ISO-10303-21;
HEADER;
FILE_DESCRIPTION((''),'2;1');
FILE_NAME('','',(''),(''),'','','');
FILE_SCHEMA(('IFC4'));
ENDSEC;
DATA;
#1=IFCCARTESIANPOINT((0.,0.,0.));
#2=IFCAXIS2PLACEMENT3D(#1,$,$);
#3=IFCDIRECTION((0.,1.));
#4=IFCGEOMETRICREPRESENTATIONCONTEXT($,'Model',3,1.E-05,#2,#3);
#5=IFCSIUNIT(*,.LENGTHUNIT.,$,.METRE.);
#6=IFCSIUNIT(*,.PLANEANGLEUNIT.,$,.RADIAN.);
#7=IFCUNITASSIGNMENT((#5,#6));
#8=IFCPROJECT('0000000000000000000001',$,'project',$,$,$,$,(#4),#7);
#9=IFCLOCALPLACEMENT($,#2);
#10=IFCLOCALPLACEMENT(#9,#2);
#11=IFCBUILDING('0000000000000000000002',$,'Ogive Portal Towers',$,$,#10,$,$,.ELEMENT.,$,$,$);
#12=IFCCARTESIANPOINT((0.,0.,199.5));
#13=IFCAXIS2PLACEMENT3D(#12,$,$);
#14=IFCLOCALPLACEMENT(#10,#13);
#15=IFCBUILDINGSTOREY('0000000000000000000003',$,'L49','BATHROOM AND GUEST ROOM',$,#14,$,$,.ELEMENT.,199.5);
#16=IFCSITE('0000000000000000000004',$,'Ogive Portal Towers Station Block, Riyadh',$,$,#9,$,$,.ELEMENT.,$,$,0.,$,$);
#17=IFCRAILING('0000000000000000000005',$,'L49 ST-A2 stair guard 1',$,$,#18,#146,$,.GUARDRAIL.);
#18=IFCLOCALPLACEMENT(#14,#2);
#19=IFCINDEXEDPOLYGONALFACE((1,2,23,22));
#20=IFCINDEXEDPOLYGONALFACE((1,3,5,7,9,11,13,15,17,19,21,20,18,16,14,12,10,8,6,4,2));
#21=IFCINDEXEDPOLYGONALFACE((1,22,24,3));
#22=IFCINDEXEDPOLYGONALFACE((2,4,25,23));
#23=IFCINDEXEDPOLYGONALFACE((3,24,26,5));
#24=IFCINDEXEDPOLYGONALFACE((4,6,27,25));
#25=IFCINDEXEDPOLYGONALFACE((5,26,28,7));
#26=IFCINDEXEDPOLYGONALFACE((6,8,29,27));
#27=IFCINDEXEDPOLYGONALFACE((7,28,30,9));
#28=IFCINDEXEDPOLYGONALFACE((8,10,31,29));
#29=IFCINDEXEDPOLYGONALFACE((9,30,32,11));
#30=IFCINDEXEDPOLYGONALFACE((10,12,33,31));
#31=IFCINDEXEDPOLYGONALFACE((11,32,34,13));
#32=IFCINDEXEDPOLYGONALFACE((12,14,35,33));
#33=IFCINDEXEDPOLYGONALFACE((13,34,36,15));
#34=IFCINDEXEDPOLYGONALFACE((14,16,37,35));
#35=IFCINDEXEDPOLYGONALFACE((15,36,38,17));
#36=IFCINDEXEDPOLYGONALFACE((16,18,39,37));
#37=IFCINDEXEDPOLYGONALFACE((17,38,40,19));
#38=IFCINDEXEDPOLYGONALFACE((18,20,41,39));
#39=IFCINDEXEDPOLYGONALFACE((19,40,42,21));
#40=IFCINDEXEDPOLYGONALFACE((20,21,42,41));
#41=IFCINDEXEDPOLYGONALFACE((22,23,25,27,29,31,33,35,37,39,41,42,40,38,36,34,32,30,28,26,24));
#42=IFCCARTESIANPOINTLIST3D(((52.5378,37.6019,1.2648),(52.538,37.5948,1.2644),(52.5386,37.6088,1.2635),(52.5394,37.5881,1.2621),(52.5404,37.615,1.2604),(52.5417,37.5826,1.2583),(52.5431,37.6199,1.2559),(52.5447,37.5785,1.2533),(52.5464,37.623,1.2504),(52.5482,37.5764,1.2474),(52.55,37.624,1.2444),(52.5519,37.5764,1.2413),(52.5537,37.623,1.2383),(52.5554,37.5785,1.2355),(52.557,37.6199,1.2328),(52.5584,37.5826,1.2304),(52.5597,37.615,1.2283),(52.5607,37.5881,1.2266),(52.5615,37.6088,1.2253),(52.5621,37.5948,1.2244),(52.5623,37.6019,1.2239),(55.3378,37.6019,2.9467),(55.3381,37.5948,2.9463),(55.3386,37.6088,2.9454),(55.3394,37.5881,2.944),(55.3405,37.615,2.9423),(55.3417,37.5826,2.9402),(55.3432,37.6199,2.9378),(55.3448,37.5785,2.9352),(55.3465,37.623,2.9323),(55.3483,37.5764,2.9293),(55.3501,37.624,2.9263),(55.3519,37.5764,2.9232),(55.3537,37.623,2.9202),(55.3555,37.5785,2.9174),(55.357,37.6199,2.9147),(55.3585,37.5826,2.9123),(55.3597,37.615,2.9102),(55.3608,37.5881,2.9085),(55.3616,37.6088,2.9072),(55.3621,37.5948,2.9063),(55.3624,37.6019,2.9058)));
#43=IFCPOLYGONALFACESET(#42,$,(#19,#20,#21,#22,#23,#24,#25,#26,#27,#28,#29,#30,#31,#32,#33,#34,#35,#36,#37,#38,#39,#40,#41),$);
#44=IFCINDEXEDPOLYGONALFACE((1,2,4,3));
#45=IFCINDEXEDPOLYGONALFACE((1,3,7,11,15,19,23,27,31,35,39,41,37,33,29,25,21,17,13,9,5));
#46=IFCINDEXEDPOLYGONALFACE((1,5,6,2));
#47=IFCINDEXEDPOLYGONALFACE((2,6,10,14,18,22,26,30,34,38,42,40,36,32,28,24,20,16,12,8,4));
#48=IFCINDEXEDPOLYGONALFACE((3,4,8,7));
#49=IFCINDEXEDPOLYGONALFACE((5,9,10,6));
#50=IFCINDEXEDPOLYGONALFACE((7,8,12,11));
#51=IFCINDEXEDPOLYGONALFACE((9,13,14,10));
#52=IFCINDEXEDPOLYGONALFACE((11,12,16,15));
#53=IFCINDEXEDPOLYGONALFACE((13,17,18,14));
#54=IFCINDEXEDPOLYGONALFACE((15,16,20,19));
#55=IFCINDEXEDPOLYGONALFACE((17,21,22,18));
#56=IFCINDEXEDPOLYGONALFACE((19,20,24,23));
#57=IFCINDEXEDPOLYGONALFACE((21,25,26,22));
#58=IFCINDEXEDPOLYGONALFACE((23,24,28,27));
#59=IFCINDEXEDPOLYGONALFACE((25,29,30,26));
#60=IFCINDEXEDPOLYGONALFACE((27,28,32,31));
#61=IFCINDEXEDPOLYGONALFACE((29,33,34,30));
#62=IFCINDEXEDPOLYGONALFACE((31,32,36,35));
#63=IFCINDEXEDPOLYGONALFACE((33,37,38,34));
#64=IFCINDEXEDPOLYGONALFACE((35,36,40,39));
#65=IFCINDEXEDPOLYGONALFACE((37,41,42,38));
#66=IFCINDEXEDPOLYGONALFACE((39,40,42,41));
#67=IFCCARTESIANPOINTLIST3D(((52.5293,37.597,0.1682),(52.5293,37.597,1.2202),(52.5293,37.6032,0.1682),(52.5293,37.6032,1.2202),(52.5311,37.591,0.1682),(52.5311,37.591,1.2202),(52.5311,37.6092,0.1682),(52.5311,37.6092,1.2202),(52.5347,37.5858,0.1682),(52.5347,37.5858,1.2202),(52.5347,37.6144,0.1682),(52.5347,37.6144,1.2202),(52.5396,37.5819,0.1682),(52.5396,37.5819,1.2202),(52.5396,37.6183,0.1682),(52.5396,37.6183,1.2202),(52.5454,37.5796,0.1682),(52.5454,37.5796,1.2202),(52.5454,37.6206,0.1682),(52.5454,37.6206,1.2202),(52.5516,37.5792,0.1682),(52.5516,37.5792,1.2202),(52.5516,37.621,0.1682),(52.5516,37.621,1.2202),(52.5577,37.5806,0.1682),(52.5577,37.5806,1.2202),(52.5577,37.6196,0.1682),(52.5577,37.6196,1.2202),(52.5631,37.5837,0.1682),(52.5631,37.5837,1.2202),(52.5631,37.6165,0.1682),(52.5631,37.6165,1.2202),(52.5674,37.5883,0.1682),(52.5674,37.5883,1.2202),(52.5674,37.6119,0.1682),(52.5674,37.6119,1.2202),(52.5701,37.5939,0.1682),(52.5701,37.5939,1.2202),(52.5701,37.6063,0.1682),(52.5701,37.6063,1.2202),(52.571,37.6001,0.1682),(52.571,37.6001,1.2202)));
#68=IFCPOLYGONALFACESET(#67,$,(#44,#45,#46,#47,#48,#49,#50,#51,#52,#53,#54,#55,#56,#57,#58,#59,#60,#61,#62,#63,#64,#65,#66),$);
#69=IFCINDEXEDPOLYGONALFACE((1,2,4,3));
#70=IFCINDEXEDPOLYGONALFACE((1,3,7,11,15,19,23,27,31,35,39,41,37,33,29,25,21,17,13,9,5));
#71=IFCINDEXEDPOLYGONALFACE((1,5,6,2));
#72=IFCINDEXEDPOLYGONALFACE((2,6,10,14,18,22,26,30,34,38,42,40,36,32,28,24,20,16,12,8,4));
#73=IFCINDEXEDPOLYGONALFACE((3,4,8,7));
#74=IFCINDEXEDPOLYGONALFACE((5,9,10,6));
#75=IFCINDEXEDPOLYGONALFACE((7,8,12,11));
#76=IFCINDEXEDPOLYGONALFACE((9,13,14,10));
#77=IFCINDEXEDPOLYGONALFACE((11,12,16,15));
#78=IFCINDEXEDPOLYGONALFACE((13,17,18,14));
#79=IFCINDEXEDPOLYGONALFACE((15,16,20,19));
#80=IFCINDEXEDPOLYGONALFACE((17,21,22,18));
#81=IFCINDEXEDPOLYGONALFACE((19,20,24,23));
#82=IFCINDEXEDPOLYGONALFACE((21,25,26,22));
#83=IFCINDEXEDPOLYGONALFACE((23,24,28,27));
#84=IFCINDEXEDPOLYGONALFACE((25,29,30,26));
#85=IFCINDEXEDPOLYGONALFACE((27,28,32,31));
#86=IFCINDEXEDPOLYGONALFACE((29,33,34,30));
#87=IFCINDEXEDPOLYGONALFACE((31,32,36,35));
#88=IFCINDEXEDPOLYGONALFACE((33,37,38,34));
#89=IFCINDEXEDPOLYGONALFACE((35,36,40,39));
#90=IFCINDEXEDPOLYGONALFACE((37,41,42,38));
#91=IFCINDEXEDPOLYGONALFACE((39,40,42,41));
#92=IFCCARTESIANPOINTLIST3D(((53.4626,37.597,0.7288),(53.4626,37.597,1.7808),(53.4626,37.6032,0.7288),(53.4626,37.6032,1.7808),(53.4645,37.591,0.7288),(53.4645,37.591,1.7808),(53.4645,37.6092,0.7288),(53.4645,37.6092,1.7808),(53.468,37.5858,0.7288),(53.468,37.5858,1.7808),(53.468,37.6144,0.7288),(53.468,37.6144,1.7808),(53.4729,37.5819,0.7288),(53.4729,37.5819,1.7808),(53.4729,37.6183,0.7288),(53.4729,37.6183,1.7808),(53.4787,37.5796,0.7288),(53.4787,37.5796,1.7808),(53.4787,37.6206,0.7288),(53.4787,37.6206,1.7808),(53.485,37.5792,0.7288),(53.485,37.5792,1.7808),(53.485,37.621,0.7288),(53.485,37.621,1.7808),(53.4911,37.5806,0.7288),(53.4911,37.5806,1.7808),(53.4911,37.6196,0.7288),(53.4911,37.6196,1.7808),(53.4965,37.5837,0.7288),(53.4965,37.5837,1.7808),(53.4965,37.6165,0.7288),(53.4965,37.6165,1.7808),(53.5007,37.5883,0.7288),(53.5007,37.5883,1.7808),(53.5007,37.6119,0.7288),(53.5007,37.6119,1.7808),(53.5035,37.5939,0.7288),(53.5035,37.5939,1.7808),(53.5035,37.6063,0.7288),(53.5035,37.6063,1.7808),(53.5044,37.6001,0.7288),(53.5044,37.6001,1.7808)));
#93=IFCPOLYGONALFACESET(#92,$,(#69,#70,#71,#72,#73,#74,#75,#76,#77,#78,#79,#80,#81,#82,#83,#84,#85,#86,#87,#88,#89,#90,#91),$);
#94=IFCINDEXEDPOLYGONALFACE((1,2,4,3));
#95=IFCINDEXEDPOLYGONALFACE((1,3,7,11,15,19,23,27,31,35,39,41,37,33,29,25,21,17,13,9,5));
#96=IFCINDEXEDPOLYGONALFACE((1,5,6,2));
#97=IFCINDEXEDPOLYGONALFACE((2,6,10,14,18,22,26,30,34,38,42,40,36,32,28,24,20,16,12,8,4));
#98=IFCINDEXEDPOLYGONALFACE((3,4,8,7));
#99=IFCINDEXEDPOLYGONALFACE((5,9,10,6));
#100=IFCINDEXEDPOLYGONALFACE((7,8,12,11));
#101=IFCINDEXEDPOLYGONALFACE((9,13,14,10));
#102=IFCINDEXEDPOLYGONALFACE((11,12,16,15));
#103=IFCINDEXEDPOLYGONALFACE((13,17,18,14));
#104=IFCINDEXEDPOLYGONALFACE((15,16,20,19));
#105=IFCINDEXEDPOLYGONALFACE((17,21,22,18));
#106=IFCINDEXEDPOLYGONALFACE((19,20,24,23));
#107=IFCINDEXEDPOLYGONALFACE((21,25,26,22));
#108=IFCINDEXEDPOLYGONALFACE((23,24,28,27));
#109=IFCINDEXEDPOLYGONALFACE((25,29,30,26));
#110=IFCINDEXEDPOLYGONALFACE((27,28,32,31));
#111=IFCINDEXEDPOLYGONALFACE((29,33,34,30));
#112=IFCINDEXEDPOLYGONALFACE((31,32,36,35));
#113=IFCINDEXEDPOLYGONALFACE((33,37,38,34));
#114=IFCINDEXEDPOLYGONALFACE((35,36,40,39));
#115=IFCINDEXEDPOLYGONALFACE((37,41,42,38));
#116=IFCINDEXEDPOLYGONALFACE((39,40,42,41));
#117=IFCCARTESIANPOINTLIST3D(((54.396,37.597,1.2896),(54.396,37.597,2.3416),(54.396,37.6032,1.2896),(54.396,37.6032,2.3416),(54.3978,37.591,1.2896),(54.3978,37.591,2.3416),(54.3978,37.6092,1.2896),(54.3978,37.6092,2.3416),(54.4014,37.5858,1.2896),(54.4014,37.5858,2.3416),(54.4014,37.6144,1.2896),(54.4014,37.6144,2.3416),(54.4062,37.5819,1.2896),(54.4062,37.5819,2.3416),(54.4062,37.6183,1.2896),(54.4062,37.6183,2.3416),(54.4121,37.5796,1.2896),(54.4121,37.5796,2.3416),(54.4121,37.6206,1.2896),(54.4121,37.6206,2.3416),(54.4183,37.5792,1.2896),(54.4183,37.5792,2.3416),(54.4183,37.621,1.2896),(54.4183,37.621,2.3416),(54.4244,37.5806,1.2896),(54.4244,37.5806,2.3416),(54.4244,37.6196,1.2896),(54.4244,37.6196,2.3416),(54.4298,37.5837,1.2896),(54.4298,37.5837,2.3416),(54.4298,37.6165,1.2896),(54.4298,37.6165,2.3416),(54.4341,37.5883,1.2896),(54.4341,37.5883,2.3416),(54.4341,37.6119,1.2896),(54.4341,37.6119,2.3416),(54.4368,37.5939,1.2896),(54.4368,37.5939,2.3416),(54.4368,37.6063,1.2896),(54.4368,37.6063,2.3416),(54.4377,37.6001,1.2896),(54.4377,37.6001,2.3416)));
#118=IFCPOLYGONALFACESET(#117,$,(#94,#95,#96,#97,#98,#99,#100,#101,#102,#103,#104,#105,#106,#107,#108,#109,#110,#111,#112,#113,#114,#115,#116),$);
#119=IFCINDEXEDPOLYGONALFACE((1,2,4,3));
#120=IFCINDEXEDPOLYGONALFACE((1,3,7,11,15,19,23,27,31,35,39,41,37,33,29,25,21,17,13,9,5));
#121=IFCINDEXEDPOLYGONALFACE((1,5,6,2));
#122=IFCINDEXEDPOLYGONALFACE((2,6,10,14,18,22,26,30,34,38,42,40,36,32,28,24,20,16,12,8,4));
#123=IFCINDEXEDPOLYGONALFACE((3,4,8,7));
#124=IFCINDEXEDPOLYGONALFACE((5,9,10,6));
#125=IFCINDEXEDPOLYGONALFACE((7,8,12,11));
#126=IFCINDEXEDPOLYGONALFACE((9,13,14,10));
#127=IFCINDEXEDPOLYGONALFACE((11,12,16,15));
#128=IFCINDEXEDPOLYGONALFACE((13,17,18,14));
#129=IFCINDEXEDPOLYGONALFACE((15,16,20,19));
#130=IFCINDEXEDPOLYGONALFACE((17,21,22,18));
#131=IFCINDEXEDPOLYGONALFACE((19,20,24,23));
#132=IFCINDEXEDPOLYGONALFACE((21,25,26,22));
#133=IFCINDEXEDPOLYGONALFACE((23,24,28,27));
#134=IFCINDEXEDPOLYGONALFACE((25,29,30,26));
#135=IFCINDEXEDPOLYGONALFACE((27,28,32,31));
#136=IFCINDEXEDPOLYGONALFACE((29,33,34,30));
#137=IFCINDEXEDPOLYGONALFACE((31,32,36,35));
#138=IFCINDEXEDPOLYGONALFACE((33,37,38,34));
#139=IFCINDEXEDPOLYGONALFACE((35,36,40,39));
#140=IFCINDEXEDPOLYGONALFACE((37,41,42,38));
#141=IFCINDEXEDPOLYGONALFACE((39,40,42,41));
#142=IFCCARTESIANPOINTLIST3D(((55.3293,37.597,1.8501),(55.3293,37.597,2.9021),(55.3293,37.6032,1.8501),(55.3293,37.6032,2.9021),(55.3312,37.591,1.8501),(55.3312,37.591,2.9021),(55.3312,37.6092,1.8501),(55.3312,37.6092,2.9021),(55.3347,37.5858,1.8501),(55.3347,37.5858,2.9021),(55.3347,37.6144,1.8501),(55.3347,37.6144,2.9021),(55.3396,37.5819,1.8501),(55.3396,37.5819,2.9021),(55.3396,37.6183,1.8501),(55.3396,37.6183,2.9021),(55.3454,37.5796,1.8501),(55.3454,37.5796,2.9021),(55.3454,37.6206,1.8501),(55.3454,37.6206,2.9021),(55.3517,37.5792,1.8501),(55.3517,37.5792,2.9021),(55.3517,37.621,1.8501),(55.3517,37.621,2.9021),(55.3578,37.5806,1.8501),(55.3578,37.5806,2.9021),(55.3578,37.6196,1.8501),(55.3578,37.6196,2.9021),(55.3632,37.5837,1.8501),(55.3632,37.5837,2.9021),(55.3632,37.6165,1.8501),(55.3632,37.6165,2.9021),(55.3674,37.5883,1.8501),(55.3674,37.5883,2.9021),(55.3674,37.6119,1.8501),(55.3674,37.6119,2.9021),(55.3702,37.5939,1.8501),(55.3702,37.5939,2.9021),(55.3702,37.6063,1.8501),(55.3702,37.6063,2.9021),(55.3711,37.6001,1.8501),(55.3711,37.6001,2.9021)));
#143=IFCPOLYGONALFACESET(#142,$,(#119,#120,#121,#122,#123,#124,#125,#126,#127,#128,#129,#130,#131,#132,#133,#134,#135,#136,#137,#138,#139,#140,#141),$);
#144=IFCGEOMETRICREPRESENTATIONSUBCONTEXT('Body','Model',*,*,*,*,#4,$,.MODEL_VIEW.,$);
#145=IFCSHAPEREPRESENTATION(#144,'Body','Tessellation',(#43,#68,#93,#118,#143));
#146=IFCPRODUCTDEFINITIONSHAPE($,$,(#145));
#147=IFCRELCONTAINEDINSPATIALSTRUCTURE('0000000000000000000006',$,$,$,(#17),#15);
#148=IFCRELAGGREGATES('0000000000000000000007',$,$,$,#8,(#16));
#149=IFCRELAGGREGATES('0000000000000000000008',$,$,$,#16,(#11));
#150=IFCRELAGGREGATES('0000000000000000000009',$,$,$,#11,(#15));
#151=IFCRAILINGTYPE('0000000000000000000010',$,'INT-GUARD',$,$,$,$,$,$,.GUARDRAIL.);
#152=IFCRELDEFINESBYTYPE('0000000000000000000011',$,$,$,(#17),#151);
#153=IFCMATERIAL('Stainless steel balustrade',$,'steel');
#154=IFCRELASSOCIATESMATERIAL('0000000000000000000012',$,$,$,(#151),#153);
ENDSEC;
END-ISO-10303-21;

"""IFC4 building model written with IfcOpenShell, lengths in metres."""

from ifc_helpers import new_model, si_unit, direction, frame, origin, origin_2d, place, context, subcontext, project, spatial, circle, extrude, material, type_object, element, save


model = new_model("IFC4")

# Units and contexts
model_context = context("Model", 3, precision=1e-05, world=origin(), true_north=direction((0.0, 1.0)))
body_context = subcontext(model_context, "Body", "Model", "MODEL_VIEW")
ifc_project = project(units=[si_unit("LENGTHUNIT", "METRE"), si_unit("PLANEANGLEUNIT", "RADIAN")], contexts=[model_context])

# Site, building, storey
site_placement = place(None, origin())
site = spatial("IfcSite", under=ifc_project, at=site_placement, Name="Ogive Portal Towers Station Block, Riyadh", CompositionType="ELEMENT", RefElevation=0.0)
building_placement = place(site_placement, origin())
building = spatial("IfcBuilding", under=site, at=building_placement, Name="Ogive Portal Towers", CompositionType="ELEMENT")
storey_placement = place(building_placement, frame((0.0, 0.0, 199.5)))
storey = spatial("IfcBuildingStorey", under=building, at=storey_placement, Name="L49", Description="BATHROOM AND GUEST ROOM", CompositionType="ELEMENT", Elevation=199.5)

# Railing
ifc_material_1 = material(Name="Stainless steel balustrade", Category="steel")
railing_type_1 = type_object("IfcRailingType", Name="INT-GUARD", PredefinedType="GUARDRAIL", material=ifc_material_1)
railing_1_placement = place(storey_placement, frame((52.55, 37.6001, 0.1682)))
element("IfcRailing", 1, at=railing_1_placement, inside=storey, type_object=railing_type_1, Name="L49 ST-A2 stair guard 1", PredefinedType="GUARDRAIL", context=body_context, shape_type="SweptSolid", body=[
    extrude(circle(Radius=0.0239, at=origin_2d()), frame((0.0, 0.0, 1.0762), z_axis=(0.857242, 0.0, 0.514913), x_axis=(0.0, 1.0, 0.0)), (0.0, 0.0, 1.0), 3.2664),
    extrude(circle(Radius=0.021, at=origin_2d()), origin(), (0.0, 0.0, 1.0), 1.052),
    extrude(circle(Radius=0.021, at=origin_2d()), frame((0.9333, 0.0, 0.5605)), (0.0, 0.0, 1.0), 1.052),
    extrude(circle(Radius=0.021, at=origin_2d()), frame((1.8667, 0.0, 1.1213)), (0.0, 0.0, 1.0), 1.052),
    extrude(circle(Radius=0.021, at=origin_2d()), frame((2.8, 0.0, 1.6819)), (0.0, 0.0, 1.0), 1.052),
])

save(model, "model.ifc")
